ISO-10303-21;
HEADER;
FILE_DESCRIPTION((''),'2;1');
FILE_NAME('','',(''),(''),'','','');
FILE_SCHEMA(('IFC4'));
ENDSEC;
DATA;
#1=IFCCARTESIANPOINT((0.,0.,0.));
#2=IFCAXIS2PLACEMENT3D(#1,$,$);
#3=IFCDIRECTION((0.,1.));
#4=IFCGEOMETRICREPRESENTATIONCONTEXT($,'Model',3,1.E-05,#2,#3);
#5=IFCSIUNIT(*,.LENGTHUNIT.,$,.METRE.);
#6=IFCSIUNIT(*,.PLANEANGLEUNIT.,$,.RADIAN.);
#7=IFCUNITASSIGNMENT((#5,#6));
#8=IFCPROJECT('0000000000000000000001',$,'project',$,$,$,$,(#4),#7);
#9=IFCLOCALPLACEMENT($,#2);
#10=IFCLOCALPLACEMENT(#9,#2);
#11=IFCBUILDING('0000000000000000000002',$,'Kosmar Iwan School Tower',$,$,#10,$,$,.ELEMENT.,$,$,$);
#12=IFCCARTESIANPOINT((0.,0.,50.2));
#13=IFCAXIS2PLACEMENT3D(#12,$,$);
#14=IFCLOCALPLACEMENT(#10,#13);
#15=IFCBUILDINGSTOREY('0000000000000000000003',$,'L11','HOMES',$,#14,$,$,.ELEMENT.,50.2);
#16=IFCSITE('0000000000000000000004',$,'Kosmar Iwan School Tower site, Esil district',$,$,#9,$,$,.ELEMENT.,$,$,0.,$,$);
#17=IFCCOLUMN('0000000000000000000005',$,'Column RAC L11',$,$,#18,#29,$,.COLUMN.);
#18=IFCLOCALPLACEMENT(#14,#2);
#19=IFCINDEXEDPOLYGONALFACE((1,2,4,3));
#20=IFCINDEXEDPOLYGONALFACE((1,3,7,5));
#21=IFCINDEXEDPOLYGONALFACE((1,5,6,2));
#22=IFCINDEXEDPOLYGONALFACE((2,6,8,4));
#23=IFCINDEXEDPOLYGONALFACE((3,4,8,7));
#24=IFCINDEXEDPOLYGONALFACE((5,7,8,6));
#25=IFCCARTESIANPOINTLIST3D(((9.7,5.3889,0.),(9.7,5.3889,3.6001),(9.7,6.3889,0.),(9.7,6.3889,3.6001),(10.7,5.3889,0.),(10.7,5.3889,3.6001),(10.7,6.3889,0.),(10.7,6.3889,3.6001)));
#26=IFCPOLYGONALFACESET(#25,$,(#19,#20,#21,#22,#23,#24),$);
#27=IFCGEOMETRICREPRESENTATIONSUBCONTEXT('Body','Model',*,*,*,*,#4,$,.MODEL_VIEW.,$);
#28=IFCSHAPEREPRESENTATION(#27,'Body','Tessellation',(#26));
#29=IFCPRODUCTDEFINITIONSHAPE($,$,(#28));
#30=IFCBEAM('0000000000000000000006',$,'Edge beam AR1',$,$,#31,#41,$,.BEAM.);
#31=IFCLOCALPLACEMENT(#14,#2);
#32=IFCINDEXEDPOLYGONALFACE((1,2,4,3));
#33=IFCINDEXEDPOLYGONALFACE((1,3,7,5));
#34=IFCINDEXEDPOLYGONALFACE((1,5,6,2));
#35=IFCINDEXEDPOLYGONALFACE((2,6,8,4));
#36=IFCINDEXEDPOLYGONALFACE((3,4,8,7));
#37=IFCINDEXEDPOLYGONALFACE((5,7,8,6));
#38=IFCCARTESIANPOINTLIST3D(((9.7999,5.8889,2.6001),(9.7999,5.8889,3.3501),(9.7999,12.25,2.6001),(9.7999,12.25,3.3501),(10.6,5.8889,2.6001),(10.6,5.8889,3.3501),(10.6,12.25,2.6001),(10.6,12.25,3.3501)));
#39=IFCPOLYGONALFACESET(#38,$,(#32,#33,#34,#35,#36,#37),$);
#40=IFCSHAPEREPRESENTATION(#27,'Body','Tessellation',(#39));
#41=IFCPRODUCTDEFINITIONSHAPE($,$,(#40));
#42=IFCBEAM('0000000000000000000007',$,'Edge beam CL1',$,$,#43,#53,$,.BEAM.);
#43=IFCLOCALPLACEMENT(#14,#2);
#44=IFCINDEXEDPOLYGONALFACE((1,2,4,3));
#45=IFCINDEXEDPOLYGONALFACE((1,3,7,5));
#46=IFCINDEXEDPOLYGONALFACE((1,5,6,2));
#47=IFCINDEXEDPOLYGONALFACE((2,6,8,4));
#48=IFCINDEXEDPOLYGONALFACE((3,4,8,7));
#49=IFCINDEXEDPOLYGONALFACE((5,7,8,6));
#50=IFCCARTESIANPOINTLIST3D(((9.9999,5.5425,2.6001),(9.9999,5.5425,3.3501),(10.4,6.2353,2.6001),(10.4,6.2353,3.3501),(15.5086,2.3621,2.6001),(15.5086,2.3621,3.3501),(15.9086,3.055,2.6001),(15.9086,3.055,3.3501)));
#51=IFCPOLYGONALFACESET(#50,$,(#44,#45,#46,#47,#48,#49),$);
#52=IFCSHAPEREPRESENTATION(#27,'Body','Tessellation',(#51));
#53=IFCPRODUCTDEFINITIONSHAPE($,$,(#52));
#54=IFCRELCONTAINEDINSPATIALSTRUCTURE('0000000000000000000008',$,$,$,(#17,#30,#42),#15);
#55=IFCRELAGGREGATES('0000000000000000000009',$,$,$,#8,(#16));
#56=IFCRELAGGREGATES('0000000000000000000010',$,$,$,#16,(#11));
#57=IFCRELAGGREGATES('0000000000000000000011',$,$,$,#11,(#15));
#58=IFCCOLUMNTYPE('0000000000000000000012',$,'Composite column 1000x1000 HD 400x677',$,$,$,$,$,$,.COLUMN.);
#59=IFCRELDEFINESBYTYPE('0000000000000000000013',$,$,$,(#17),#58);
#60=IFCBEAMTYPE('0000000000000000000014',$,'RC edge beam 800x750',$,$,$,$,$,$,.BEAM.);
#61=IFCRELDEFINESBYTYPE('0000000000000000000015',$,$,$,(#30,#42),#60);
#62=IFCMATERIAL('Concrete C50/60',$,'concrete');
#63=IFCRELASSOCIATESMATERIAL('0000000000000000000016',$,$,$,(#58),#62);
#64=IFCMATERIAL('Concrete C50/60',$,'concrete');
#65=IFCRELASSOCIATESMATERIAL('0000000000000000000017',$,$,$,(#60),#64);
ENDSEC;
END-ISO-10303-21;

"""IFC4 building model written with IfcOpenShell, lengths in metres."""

from ifc_helpers import new_model, si_unit, direction, frame, origin, origin_2d, place, context, subcontext, project, spatial, rectangle, extrude, material, material_profile, profile_set, type_object, element, save


model = new_model("IFC4")

# Units and contexts
model_context = context("Model", 3, precision=1e-05, world=origin(), true_north=direction((0.0, 1.0)))
body_context = subcontext(model_context, "Body", "Model", "MODEL_VIEW")
ifc_project = project(units=[si_unit("LENGTHUNIT", "METRE"), si_unit("PLANEANGLEUNIT", "RADIAN")], contexts=[model_context])

# Site, building, storey
site_placement = place(None, origin())
site = spatial("IfcSite", under=ifc_project, at=site_placement, Name="Kosmar Iwan School Tower site, Esil district", CompositionType="ELEMENT", RefElevation=0.0)
building_placement = place(site_placement, origin())
building = spatial("IfcBuilding", under=site, at=building_placement, Name="Kosmar Iwan School Tower", CompositionType="ELEMENT")
storey_placement = place(building_placement, frame((0.0, 0.0, 50.2)))
storey = spatial("IfcBuildingStorey", under=building, at=storey_placement, Name="L11", Description="HOMES", CompositionType="ELEMENT", Elevation=50.2)

# Column
ifc_material_1 = material(Name="Concrete C50/60", Category="concrete")
ifc_material_profile_1 = material_profile(ifc_material_1, rectangle(XDim=1.0, YDim=1.0, at=origin_2d()), Name="RC 1000x1000 + HD 400x677")
ifc_profile_set_1 = profile_set([ifc_material_profile_1], Name="Concrete C50/60")
column_type = type_object("IfcColumnType", Name="Composite column 1000x1000 HD 400x677", PredefinedType="COLUMN", material=ifc_profile_set_1)
column_placement = place(storey_placement, frame((10.2, 5.8889, 0.0), z_axis=(0.0, 0.0, 1.0), x_axis=(1.0, 0.0, 0.0)))
element("IfcColumn", 1, at=column_placement, inside=storey, type_object=column_type, Name="Column RAC L11", PredefinedType="COLUMN", context=body_context, shape_type="SweptSolid", body=[
    extrude(rectangle(XDim=1.0, YDim=1.0, at=origin_2d()), origin(), (0.0, 0.0, 1.0), 3.6001),
])

# Beams
ifc_material_2 = material(Name="Concrete C50/60", Category="concrete")
ifc_material_profile_2 = material_profile(ifc_material_2, rectangle(XDim=0.8, YDim=0.75, at=origin_2d()), Name="RC 800x750")
ifc_profile_set_2 = profile_set([ifc_material_profile_2], Name="Concrete C50/60")
beam_type = type_object("IfcBeamType", Name="RC edge beam 800x750", PredefinedType="BEAM", material=ifc_profile_set_2)
beam_1_placement = place(storey_placement, frame((10.2, 5.8889, 2.9751), z_axis=(0.0, 1.0, 0.0), x_axis=(-1.0, 0.0, 0.0)))
element("IfcBeam", 2, at=beam_1_placement, inside=storey, type_object=beam_type, Name="Edge beam AR1", PredefinedType="BEAM", context=body_context, shape_type="SweptSolid", body=[
    extrude(rectangle(XDim=0.8, YDim=0.75, at=origin_2d()), origin(), (0.0, 0.0, 1.0), 6.3611),
])
beam_2_placement = place(storey_placement, frame((10.2, 5.8889, 2.9751), z_axis=(0.866031, -0.49999, 0.0), x_axis=(0.49999, 0.866031, 0.0)))
element("IfcBeam", 3, at=beam_2_placement, inside=storey, type_object=beam_type, Name="Edge beam CL1", PredefinedType="BEAM", context=body_context, shape_type="SweptSolid", body=[
    extrude(rectangle(XDim=0.8, YDim=0.75, at=origin_2d()), origin(), (0.0, 0.0, 1.0), 6.3608),
])

save(model, "model.ifc")
